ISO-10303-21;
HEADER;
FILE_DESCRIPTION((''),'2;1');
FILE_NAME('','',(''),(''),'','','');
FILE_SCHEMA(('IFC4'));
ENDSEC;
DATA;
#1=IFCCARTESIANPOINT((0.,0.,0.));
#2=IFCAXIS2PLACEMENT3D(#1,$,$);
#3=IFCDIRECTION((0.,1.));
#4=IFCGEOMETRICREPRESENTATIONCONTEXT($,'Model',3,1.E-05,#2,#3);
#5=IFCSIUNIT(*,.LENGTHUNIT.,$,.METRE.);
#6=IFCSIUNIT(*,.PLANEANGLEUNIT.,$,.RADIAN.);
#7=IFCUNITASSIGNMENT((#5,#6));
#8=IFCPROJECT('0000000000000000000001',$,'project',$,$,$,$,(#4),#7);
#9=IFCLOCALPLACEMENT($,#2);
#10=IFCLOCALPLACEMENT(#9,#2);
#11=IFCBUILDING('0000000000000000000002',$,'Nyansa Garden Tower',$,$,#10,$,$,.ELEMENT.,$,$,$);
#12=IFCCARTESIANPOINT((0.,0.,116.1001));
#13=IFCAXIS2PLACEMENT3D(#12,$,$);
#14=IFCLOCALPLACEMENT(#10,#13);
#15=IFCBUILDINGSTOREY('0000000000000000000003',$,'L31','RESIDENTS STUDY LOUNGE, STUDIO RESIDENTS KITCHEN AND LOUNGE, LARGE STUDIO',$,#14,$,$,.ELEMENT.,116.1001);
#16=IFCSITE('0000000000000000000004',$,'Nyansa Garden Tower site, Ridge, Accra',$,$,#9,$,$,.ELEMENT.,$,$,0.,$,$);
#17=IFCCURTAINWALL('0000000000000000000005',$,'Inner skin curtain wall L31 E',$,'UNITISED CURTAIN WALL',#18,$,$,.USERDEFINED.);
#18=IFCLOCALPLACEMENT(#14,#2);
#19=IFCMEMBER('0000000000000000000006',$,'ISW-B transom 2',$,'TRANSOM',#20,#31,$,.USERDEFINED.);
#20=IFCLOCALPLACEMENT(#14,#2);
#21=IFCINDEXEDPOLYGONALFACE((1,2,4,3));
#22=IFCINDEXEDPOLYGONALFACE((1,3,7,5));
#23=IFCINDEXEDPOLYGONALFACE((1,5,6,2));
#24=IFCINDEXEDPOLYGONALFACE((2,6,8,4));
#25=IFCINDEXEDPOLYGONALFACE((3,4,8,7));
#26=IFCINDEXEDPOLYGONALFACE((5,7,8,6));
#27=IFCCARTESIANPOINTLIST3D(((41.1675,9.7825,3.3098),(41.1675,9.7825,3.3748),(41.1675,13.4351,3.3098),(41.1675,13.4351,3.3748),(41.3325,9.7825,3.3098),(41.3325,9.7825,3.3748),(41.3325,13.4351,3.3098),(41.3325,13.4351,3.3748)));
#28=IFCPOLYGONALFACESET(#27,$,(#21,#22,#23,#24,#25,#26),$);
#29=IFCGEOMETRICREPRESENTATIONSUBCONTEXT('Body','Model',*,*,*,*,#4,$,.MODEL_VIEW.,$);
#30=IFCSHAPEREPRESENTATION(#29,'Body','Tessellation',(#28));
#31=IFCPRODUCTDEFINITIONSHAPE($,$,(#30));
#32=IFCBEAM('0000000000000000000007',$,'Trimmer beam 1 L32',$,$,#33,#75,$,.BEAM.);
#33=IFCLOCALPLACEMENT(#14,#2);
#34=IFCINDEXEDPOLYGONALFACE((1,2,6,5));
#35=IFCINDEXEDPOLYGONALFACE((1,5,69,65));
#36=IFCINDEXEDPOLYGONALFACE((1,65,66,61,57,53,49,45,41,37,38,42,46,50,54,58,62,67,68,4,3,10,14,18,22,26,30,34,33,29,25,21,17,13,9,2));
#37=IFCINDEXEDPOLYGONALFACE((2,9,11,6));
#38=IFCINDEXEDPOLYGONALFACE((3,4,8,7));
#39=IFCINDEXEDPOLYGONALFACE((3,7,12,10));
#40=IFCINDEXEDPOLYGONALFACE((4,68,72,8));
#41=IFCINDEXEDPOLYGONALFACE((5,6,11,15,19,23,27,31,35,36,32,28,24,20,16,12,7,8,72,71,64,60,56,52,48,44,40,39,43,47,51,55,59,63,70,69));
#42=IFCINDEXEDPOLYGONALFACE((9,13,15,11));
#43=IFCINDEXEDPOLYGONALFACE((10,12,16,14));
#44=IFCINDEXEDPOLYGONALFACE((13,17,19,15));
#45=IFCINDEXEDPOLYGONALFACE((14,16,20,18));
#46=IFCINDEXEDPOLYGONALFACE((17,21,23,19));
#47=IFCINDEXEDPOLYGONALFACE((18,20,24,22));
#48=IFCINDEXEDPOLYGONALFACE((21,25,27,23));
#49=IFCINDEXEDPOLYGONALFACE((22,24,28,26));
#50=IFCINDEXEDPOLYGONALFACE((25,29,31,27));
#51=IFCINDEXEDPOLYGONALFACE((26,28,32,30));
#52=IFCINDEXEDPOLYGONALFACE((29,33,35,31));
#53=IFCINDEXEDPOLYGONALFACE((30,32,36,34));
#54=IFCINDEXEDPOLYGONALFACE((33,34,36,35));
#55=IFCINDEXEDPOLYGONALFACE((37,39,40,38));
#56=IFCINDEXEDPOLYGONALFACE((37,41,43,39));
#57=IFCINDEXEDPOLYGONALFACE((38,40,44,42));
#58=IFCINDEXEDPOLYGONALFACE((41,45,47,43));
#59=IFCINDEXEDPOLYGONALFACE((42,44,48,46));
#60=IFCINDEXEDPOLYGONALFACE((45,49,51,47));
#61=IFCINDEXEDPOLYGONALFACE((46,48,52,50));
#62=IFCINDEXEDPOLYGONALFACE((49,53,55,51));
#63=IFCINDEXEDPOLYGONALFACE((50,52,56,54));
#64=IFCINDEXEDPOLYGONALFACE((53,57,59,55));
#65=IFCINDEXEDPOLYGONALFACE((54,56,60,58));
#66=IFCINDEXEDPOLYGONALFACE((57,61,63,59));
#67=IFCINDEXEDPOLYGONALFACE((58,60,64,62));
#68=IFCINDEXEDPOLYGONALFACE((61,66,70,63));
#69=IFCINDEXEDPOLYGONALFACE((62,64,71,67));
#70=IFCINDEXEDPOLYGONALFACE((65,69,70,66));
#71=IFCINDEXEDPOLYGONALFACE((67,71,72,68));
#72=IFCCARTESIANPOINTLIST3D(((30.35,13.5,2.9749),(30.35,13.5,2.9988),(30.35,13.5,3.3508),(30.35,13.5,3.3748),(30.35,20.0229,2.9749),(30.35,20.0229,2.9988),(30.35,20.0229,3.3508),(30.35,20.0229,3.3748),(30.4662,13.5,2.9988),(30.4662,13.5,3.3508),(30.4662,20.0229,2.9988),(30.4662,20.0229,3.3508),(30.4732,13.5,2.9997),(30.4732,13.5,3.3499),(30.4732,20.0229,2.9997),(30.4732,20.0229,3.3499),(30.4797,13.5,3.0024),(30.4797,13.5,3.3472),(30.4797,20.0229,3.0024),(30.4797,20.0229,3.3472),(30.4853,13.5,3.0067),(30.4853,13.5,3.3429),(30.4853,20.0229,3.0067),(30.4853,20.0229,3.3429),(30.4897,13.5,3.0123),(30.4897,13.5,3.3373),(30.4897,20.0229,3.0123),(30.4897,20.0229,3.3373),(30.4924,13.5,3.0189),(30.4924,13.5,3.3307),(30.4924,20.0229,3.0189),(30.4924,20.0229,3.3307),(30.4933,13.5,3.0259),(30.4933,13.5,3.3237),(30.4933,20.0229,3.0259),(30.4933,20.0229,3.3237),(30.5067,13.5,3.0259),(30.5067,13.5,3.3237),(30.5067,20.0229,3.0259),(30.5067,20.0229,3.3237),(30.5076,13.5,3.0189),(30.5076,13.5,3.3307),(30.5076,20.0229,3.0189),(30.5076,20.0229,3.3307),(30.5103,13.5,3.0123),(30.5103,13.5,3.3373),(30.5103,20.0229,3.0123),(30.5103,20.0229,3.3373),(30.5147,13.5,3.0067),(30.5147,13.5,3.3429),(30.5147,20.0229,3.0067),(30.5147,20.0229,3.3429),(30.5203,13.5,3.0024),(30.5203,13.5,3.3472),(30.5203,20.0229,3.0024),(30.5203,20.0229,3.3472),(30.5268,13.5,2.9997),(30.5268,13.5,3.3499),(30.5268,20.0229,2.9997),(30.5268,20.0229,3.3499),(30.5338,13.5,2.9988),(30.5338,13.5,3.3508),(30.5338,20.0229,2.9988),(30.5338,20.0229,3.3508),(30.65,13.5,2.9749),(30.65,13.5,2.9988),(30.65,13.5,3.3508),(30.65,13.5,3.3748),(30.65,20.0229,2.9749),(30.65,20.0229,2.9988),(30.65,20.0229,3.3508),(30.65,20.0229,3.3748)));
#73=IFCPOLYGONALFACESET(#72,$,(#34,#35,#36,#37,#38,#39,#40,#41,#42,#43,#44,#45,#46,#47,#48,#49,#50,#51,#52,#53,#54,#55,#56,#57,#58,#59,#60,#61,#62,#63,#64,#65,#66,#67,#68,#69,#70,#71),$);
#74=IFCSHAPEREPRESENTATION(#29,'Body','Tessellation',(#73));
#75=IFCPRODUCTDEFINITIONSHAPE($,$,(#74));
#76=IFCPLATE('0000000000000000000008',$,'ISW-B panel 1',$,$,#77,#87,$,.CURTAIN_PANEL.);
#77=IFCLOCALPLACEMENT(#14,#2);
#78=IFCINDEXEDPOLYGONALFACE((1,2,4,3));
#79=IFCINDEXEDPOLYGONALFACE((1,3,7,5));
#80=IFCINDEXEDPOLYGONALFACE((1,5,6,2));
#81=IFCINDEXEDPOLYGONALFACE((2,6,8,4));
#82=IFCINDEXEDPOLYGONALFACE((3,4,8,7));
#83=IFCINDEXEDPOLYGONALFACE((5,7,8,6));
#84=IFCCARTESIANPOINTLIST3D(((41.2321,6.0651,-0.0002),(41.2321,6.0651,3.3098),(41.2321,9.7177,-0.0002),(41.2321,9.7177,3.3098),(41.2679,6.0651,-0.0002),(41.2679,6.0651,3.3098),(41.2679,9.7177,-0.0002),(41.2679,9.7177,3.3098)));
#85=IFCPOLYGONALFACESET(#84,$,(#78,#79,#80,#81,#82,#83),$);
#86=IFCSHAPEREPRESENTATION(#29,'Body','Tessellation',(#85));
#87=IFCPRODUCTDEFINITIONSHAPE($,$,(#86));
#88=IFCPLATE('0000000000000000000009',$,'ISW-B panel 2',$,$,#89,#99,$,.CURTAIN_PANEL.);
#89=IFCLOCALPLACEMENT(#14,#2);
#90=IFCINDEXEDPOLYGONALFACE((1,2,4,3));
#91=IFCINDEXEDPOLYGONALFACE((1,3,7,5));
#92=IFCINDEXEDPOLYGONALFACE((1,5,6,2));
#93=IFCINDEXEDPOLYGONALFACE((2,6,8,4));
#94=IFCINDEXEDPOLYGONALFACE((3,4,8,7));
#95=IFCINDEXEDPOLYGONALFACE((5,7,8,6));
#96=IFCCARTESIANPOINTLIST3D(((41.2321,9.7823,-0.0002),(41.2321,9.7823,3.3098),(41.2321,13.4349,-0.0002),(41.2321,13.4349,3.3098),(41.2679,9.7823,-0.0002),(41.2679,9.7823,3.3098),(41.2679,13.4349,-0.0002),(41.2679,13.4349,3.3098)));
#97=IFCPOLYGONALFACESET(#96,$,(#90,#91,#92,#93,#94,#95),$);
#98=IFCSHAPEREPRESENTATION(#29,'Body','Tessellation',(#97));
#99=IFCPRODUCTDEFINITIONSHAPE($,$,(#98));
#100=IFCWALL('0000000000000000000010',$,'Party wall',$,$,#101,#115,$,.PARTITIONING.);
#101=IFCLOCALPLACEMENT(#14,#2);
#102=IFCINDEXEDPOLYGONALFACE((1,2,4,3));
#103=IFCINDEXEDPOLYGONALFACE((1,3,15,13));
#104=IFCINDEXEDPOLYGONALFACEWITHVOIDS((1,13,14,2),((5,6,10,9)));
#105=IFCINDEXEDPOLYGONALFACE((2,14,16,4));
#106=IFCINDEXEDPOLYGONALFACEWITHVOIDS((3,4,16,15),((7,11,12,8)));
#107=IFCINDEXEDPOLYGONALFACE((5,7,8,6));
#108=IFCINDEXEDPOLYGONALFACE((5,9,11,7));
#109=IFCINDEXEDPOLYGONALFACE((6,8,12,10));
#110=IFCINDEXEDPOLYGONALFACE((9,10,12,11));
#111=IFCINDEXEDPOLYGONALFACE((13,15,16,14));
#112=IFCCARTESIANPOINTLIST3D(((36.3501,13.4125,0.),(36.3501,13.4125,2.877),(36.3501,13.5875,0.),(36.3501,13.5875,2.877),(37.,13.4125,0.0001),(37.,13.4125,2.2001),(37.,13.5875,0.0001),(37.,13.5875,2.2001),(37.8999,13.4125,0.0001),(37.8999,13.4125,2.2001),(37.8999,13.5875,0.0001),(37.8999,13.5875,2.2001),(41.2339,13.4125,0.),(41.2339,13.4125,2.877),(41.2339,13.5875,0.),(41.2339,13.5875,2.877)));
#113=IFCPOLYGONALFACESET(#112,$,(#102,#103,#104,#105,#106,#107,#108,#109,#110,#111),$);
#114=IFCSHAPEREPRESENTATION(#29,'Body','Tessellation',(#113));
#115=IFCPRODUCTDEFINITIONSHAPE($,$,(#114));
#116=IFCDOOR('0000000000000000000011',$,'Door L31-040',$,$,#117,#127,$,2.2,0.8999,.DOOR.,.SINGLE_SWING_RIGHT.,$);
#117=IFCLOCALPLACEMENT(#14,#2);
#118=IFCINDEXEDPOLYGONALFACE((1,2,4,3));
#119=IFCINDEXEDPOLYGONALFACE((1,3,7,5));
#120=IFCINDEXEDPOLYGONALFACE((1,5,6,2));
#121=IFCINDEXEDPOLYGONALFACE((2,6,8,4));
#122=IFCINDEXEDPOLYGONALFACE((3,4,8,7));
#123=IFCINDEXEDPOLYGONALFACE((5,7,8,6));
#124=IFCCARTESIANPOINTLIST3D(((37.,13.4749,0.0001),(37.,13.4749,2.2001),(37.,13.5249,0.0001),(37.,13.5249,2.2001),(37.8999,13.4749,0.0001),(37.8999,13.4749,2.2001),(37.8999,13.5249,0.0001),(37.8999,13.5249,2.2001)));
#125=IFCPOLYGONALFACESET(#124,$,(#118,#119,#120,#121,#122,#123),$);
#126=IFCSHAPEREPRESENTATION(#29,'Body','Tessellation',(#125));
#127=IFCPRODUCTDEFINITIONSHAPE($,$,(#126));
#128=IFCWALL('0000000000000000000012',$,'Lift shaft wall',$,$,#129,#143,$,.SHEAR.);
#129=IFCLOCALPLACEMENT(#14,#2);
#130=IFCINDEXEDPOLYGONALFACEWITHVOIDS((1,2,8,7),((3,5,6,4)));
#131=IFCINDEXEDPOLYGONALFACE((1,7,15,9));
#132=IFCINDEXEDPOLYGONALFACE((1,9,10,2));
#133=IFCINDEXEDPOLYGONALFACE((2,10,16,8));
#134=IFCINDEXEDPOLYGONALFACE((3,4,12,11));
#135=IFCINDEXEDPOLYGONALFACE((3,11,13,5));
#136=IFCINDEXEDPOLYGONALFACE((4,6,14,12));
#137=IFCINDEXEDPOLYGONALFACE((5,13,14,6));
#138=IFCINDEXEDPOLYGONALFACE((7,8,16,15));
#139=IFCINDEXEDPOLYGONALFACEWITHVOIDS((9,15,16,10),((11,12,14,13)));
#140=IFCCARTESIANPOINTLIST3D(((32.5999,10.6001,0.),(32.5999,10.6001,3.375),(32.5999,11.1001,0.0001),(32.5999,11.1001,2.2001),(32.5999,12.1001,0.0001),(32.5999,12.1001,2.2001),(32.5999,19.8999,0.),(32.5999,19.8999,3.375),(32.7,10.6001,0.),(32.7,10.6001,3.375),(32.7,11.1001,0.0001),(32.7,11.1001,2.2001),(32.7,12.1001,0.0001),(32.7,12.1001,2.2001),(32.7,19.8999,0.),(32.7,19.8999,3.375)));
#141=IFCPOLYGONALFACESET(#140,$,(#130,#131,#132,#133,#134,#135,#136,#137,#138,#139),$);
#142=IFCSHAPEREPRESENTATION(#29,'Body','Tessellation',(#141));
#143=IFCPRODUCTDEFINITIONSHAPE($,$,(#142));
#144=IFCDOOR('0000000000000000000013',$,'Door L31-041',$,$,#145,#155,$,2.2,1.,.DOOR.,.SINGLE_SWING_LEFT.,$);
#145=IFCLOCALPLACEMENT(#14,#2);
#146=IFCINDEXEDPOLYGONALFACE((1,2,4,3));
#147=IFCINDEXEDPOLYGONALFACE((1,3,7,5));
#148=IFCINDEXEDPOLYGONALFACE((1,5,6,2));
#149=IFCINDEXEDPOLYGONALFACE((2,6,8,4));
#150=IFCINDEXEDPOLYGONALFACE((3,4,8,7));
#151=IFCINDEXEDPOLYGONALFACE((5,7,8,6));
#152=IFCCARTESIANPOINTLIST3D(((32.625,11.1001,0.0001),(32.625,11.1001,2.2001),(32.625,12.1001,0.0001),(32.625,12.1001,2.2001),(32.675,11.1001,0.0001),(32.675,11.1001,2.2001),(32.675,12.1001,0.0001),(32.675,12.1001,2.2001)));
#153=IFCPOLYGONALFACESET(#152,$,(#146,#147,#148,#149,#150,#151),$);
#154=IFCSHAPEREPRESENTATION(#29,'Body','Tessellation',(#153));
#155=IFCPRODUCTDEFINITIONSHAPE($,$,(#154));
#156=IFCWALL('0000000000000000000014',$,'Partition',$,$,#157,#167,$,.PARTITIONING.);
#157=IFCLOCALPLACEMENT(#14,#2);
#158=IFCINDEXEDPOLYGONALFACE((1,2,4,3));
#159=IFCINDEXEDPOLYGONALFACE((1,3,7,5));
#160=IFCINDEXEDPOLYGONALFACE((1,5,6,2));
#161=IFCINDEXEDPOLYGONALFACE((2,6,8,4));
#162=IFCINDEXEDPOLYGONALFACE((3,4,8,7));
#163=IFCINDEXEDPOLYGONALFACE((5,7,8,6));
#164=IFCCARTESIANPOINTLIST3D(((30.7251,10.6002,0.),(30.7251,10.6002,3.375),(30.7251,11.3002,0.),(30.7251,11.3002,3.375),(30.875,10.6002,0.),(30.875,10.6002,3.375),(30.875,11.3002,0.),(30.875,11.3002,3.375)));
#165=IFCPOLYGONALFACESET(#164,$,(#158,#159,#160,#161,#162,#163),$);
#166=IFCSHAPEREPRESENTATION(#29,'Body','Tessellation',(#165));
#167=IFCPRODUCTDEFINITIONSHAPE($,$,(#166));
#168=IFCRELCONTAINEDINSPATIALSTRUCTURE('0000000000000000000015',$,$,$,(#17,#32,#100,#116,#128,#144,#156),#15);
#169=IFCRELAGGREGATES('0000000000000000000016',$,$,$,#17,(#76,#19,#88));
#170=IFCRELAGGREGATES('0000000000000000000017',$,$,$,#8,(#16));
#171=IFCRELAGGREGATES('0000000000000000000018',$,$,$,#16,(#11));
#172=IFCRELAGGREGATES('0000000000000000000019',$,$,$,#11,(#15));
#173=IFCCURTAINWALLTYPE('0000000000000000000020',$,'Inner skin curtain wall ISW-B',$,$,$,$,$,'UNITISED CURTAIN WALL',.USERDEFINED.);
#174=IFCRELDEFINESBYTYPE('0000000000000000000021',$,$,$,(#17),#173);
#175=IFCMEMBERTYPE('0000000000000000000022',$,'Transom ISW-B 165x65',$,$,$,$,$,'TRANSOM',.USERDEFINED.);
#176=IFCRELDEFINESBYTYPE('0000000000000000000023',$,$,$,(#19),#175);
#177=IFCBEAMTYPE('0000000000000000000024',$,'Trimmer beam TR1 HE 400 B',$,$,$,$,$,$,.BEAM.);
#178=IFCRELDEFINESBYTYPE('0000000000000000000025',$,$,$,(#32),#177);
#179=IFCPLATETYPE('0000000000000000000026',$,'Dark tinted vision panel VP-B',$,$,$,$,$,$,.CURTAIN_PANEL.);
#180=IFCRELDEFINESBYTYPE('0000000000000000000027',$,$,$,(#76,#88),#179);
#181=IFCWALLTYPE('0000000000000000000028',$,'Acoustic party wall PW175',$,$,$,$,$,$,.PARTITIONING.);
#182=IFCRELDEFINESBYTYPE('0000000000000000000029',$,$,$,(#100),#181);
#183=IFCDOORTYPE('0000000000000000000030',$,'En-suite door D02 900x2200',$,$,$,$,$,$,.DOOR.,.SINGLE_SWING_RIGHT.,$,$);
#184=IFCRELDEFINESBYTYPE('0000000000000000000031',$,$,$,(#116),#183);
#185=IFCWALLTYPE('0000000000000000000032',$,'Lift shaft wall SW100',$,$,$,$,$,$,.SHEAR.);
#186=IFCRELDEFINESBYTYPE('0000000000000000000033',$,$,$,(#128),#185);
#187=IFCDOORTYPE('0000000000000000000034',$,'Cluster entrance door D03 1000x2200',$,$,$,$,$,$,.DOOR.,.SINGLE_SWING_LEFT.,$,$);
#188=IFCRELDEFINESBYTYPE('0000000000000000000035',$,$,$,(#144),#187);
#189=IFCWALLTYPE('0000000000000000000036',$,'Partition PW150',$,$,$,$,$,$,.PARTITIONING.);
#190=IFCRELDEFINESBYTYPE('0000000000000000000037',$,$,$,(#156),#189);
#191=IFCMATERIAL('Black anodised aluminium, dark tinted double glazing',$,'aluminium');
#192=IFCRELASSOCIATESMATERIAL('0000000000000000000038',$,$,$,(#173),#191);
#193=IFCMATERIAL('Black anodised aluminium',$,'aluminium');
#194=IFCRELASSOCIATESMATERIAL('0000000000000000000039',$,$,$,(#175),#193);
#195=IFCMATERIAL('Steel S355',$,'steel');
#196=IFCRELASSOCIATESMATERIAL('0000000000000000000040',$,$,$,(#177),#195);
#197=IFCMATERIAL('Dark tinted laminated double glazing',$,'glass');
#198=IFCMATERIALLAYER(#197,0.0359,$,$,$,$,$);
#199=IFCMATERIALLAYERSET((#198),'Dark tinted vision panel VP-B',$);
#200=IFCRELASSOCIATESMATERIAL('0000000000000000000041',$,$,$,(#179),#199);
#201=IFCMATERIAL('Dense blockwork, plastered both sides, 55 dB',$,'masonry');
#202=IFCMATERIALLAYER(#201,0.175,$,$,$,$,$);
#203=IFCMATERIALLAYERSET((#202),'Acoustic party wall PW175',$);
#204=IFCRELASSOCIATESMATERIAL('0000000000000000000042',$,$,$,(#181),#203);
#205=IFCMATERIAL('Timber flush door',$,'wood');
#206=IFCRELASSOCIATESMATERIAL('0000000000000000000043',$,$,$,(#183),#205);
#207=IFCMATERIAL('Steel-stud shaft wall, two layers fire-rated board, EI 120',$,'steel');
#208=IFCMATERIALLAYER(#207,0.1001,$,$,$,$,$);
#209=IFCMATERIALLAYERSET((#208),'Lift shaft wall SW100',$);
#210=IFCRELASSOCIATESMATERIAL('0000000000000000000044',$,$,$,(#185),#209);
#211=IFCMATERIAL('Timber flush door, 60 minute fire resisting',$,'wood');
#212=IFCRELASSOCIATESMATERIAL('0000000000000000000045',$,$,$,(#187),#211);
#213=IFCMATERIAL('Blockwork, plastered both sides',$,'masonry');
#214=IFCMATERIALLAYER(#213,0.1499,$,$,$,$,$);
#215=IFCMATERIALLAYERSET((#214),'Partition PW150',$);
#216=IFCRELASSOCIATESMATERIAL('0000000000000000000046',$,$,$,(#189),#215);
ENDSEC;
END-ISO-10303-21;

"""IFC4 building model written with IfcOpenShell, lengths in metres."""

from ifc_helpers import new_model, si_unit, direction, frame, frame_2d, origin, origin_2d, place, context, subcontext, project, spatial, rectangle, i_section, extrude, material, layer, layer_set, material_profile, profile_set, type_object, element, fill, aggregate, save


model = new_model("IFC4")

# Units and contexts
model_context = context("Model", 3, precision=1e-05, world=origin(), true_north=direction((0.0, 1.0)))
body_context = subcontext(model_context, "Body", "Model", "MODEL_VIEW")
ifc_project = project(units=[si_unit("LENGTHUNIT", "METRE"), si_unit("PLANEANGLEUNIT", "RADIAN")], contexts=[model_context])

# Site, building, storey
site_placement = place(None, origin())
site = spatial("IfcSite", under=ifc_project, at=site_placement, Name="Nyansa Garden Tower site, Ridge, Accra", CompositionType="ELEMENT", RefElevation=0.0)
building_placement = place(site_placement, origin())
building = spatial("IfcBuilding", under=site, at=building_placement, Name="Nyansa Garden Tower", CompositionType="ELEMENT")
storey_placement = place(building_placement, frame((0.0, 0.0, 116.1001)))
storey = spatial("IfcBuildingStorey", under=building, at=storey_placement, Name="L31", Description="RESIDENTS STUDY LOUNGE, STUDIO RESIDENTS KITCHEN AND LOUNGE, LARGE STUDIO", CompositionType="ELEMENT", Elevation=116.1001)

# Curtain wall
ifc_material_1 = material(Name="Black anodised aluminium, dark tinted double glazing", Category="aluminium")
curtain_wall_type = type_object("IfcCurtainWallType", Name="Inner skin curtain wall ISW-B", ElementType="UNITISED CURTAIN WALL", PredefinedType="USERDEFINED", material=ifc_material_1)
curtain_wall_placement = place(storey_placement, origin())
curtain_wall = element("IfcCurtainWall", 1, at=curtain_wall_placement, inside=storey, type_object=curtain_wall_type, Name="Inner skin curtain wall L31 E", ObjectType="UNITISED CURTAIN WALL", PredefinedType="USERDEFINED")

# Member
ifc_material_2 = material(Name="Black anodised aluminium", Category="aluminium")
ifc_material_profile_1 = material_profile(ifc_material_2, rectangle(XDim=0.165, YDim=0.0649, at=origin_2d()), Name="Transom 165x65")
ifc_profile_set_1 = profile_set([ifc_material_profile_1], Name="Black anodised aluminium")
member_type_1 = type_object("IfcMemberType", Name="Transom ISW-B 165x65", ElementType="TRANSOM", PredefinedType="USERDEFINED", material=ifc_profile_set_1)
member_1_placement = place(storey_placement, frame((41.25, 9.7825, 3.3423), z_axis=(0.0, 1.0, 0.0), x_axis=(-1.0, 0.0, 0.0)))
member_1 = element("IfcMember", 2, at=member_1_placement, type_object=member_type_1, Name="ISW-B transom 2", ObjectType="TRANSOM", PredefinedType="USERDEFINED", context=body_context, shape_type="SweptSolid", body=[
    extrude(rectangle(XDim=0.165, YDim=0.0649, at=origin_2d()), origin(), (0.0, 0.0, 1.0), 3.6526),
])

# Beam
ifc_material_3 = material(Name="Steel S355", Category="steel")
ifc_material_profile_2 = material_profile(ifc_material_3, i_section(OverallWidth=0.3, OverallDepth=0.3999, WebThickness=0.0134, FlangeThickness=0.0239, FilletRadius=0.0271, at=origin_2d()), Name="HE 400 B")
ifc_profile_set_2 = profile_set([ifc_material_profile_2], Name="Steel S355")
beam_type_1 = type_object("IfcBeamType", Name="Trimmer beam TR1 HE 400 B", PredefinedType="BEAM", material=ifc_profile_set_2)
beam_1_placement = place(storey_placement, frame((30.5, 13.5, 3.1748), z_axis=(0.0, 1.0, 0.0), x_axis=(-1.0, 0.0, 0.0)))
element("IfcBeam", 3, at=beam_1_placement, inside=storey, type_object=beam_type_1, Name="Trimmer beam 1 L32", PredefinedType="BEAM", context=body_context, shape_type="SweptSolid", body=[
    extrude(i_section(OverallWidth=0.3, OverallDepth=0.3999, WebThickness=0.0134, FlangeThickness=0.0239, FilletRadius=0.0271, at=origin_2d()), origin(), (0.0, 0.0, 1.0), 6.5229),
])

# Plates
ifc_material_4 = material(Name="Dark tinted laminated double glazing", Category="glass")
ifc_layer_1 = layer(ifc_material_4, 0.0359)
ifc_layer_set_1 = layer_set([ifc_layer_1], Name="Dark tinted vision panel VP-B")
plate_type = type_object("IfcPlateType", Name="Dark tinted vision panel VP-B", PredefinedType="CURTAIN_PANEL", material=ifc_layer_set_1)
plate_1_placement = place(storey_placement, frame((41.25, 7.8914, -0.0002), z_axis=(0.0, 0.0, 1.0), x_axis=(0.0, 1.0, 0.0)))
plate_1 = element("IfcPlate", 4, at=plate_1_placement, type_object=plate_type, Name="ISW-B panel 1", PredefinedType="CURTAIN_PANEL", context=body_context, shape_type="SweptSolid", body=[
    extrude(rectangle(XDim=3.6526, YDim=0.0359, at=origin_2d()), origin(), (0.0, 0.0, 1.0), 3.3101),
])
plate_2_placement = place(storey_placement, frame((41.25, 11.6086, -0.0002), z_axis=(0.0, 0.0, 1.0), x_axis=(0.0, 1.0, 0.0)))
plate_2 = element("IfcPlate", 5, at=plate_2_placement, type_object=plate_type, Name="ISW-B panel 2", PredefinedType="CURTAIN_PANEL", context=body_context, shape_type="SweptSolid", body=[
    extrude(rectangle(XDim=3.6526, YDim=0.0359, at=origin_2d()), origin(), (0.0, 0.0, 1.0), 3.3101),
])
aggregate(curtain_wall, [plate_1, member_1, plate_2])

# Walls, openings, doors
ifc_material_5 = material(Name="Dense blockwork, plastered both sides, 55 dB", Category="masonry")
ifc_layer_2 = layer(ifc_material_5, 0.175)
ifc_layer_set_2 = layer_set([ifc_layer_2], Name="Acoustic party wall PW175")
wall_type_1 = type_object("IfcWallType", Name="Acoustic party wall PW175", PredefinedType="PARTITIONING", material=ifc_layer_set_2)
wall_1_placement = place(storey_placement, frame((36.3501, 13.5, 0.0), z_axis=(0.0, 0.0, 1.0), x_axis=(1.0, 0.0, 0.0)))
wall_1 = element("IfcWall", 6, at=wall_1_placement, inside=storey, type_object=wall_type_1, Name="Party wall", PredefinedType="PARTITIONING", context=body_context, shape_type="SweptSolid", body=[
    extrude(rectangle(XDim=4.8838, YDim=0.175, at=frame_2d((2.4419, 0.0))), origin(), (0.0, 0.0, 1.0), 2.877),
])
opening_1_placement = place(wall_1_placement, frame((0.6499, 0.0, 0.0)))
opening_1 = element("IfcOpeningElement", 7, at=opening_1_placement, cuts=wall_1, PredefinedType="OPENING", context=body_context, shape_type="SweptSolid", body=[
    extrude(rectangle(XDim=0.8999, YDim=2.2, at=frame_2d((0.45, 1.1001))), frame((0.0, 0.0974, 0.0), z_axis=(0.0, -1.0, 0.0), x_axis=(1.0, 0.0, 0.0)), (0.0, 0.0, 1.0), 0.1951),
])
ifc_material_6 = material(Name="Timber flush door", Category="wood")
door_type_1 = type_object("IfcDoorType", Name="En-suite door D02 900x2200", OperationType="SINGLE_SWING_RIGHT", PredefinedType="DOOR", material=ifc_material_6)
door_1_placement = place(opening_1_placement, origin())
door_1 = element("IfcDoor", 8, at=door_1_placement, inside=storey, type_object=door_type_1, Name="Door L31-040", OperationType="SINGLE_SWING_RIGHT", OverallHeight=2.2, OverallWidth=0.8999, PredefinedType="DOOR", context=body_context, shape_type="SweptSolid", body=[
    extrude(rectangle(XDim=0.8999, YDim=2.2, at=frame_2d((0.45, 1.1001))), frame((0.0, 0.0249, 0.0), z_axis=(0.0, -1.0, 0.0), x_axis=(1.0, 0.0, 0.0)), (0.0, 0.0, 1.0), 0.05),
])
fill(opening_1, door_1)
ifc_material_7 = material(Name="Steel-stud shaft wall, two layers fire-rated board, EI 120", Category="steel")
ifc_layer_3 = layer(ifc_material_7, 0.1001)
ifc_layer_set_3 = layer_set([ifc_layer_3], Name="Lift shaft wall SW100")
wall_type_2 = type_object("IfcWallType", Name="Lift shaft wall SW100", PredefinedType="SHEAR", material=ifc_layer_set_3)
wall_2_placement = place(storey_placement, frame((32.6499, 10.6001, 0.0), z_axis=(0.0, 0.0, 1.0), x_axis=(0.0, 1.0, 0.0)))
wall_2 = element("IfcWall", 9, at=wall_2_placement, inside=storey, type_object=wall_type_2, Name="Lift shaft wall", PredefinedType="SHEAR", context=body_context, shape_type="SweptSolid", body=[
    extrude(rectangle(XDim=9.2998, YDim=0.1001, at=frame_2d((4.6499, 0.0))), origin(), (0.0, 0.0, 1.0), 3.375),
])
opening_2_placement = place(wall_2_placement, frame((0.5, 0.0, 0.0)))
opening_2 = element("IfcOpeningElement", 10, at=opening_2_placement, cuts=wall_2, PredefinedType="OPENING", context=body_context, shape_type="SweptSolid", body=[
    extrude(rectangle(XDim=1.0, YDim=2.2, at=frame_2d((0.5, 1.1001))), frame((0.0, 0.0601, 0.0), z_axis=(0.0, -1.0, 0.0), x_axis=(1.0, 0.0, 0.0)), (0.0, 0.0, 1.0), 0.1201),
])
ifc_material_8 = material(Name="Timber flush door, 60 minute fire resisting", Category="wood")
door_type_2 = type_object("IfcDoorType", Name="Cluster entrance door D03 1000x2200", OperationType="SINGLE_SWING_LEFT", PredefinedType="DOOR", material=ifc_material_8)
door_2_placement = place(opening_2_placement, origin())
door_2 = element("IfcDoor", 11, at=door_2_placement, inside=storey, type_object=door_type_2, Name="Door L31-041", OperationType="SINGLE_SWING_LEFT", OverallHeight=2.2, OverallWidth=1.0, PredefinedType="DOOR", context=body_context, shape_type="SweptSolid", body=[
    extrude(rectangle(XDim=1.0, YDim=2.2, at=frame_2d((0.5, 1.1001))), frame((0.0, 0.0249, 0.0), z_axis=(0.0, -1.0, 0.0), x_axis=(1.0, 0.0, 0.0)), (0.0, 0.0, 1.0), 0.05),
])
fill(opening_2, door_2)

# Wall
ifc_material_9 = material(Name="Blockwork, plastered both sides", Category="masonry")
ifc_layer_4 = layer(ifc_material_9, 0.1499)
ifc_layer_set_4 = layer_set([ifc_layer_4], Name="Partition PW150")
wall_type_3 = type_object("IfcWallType", Name="Partition PW150", PredefinedType="PARTITIONING", material=ifc_layer_set_4)
wall_3_placement = place(storey_placement, frame((30.8, 10.6001, 0.0), z_axis=(0.0, 0.0, 1.0), x_axis=(0.0, 1.0, 0.0)))
element("IfcWall", 12, at=wall_3_placement, inside=storey, type_object=wall_type_3, Name="Partition", PredefinedType="PARTITIONING", context=body_context, shape_type="SweptSolid", body=[
    extrude(rectangle(XDim=0.7, YDim=0.1499, at=frame_2d((0.3501, 0.0))), origin(), (0.0, 0.0, 1.0), 3.375),
])

save(model, "model.ifc")
